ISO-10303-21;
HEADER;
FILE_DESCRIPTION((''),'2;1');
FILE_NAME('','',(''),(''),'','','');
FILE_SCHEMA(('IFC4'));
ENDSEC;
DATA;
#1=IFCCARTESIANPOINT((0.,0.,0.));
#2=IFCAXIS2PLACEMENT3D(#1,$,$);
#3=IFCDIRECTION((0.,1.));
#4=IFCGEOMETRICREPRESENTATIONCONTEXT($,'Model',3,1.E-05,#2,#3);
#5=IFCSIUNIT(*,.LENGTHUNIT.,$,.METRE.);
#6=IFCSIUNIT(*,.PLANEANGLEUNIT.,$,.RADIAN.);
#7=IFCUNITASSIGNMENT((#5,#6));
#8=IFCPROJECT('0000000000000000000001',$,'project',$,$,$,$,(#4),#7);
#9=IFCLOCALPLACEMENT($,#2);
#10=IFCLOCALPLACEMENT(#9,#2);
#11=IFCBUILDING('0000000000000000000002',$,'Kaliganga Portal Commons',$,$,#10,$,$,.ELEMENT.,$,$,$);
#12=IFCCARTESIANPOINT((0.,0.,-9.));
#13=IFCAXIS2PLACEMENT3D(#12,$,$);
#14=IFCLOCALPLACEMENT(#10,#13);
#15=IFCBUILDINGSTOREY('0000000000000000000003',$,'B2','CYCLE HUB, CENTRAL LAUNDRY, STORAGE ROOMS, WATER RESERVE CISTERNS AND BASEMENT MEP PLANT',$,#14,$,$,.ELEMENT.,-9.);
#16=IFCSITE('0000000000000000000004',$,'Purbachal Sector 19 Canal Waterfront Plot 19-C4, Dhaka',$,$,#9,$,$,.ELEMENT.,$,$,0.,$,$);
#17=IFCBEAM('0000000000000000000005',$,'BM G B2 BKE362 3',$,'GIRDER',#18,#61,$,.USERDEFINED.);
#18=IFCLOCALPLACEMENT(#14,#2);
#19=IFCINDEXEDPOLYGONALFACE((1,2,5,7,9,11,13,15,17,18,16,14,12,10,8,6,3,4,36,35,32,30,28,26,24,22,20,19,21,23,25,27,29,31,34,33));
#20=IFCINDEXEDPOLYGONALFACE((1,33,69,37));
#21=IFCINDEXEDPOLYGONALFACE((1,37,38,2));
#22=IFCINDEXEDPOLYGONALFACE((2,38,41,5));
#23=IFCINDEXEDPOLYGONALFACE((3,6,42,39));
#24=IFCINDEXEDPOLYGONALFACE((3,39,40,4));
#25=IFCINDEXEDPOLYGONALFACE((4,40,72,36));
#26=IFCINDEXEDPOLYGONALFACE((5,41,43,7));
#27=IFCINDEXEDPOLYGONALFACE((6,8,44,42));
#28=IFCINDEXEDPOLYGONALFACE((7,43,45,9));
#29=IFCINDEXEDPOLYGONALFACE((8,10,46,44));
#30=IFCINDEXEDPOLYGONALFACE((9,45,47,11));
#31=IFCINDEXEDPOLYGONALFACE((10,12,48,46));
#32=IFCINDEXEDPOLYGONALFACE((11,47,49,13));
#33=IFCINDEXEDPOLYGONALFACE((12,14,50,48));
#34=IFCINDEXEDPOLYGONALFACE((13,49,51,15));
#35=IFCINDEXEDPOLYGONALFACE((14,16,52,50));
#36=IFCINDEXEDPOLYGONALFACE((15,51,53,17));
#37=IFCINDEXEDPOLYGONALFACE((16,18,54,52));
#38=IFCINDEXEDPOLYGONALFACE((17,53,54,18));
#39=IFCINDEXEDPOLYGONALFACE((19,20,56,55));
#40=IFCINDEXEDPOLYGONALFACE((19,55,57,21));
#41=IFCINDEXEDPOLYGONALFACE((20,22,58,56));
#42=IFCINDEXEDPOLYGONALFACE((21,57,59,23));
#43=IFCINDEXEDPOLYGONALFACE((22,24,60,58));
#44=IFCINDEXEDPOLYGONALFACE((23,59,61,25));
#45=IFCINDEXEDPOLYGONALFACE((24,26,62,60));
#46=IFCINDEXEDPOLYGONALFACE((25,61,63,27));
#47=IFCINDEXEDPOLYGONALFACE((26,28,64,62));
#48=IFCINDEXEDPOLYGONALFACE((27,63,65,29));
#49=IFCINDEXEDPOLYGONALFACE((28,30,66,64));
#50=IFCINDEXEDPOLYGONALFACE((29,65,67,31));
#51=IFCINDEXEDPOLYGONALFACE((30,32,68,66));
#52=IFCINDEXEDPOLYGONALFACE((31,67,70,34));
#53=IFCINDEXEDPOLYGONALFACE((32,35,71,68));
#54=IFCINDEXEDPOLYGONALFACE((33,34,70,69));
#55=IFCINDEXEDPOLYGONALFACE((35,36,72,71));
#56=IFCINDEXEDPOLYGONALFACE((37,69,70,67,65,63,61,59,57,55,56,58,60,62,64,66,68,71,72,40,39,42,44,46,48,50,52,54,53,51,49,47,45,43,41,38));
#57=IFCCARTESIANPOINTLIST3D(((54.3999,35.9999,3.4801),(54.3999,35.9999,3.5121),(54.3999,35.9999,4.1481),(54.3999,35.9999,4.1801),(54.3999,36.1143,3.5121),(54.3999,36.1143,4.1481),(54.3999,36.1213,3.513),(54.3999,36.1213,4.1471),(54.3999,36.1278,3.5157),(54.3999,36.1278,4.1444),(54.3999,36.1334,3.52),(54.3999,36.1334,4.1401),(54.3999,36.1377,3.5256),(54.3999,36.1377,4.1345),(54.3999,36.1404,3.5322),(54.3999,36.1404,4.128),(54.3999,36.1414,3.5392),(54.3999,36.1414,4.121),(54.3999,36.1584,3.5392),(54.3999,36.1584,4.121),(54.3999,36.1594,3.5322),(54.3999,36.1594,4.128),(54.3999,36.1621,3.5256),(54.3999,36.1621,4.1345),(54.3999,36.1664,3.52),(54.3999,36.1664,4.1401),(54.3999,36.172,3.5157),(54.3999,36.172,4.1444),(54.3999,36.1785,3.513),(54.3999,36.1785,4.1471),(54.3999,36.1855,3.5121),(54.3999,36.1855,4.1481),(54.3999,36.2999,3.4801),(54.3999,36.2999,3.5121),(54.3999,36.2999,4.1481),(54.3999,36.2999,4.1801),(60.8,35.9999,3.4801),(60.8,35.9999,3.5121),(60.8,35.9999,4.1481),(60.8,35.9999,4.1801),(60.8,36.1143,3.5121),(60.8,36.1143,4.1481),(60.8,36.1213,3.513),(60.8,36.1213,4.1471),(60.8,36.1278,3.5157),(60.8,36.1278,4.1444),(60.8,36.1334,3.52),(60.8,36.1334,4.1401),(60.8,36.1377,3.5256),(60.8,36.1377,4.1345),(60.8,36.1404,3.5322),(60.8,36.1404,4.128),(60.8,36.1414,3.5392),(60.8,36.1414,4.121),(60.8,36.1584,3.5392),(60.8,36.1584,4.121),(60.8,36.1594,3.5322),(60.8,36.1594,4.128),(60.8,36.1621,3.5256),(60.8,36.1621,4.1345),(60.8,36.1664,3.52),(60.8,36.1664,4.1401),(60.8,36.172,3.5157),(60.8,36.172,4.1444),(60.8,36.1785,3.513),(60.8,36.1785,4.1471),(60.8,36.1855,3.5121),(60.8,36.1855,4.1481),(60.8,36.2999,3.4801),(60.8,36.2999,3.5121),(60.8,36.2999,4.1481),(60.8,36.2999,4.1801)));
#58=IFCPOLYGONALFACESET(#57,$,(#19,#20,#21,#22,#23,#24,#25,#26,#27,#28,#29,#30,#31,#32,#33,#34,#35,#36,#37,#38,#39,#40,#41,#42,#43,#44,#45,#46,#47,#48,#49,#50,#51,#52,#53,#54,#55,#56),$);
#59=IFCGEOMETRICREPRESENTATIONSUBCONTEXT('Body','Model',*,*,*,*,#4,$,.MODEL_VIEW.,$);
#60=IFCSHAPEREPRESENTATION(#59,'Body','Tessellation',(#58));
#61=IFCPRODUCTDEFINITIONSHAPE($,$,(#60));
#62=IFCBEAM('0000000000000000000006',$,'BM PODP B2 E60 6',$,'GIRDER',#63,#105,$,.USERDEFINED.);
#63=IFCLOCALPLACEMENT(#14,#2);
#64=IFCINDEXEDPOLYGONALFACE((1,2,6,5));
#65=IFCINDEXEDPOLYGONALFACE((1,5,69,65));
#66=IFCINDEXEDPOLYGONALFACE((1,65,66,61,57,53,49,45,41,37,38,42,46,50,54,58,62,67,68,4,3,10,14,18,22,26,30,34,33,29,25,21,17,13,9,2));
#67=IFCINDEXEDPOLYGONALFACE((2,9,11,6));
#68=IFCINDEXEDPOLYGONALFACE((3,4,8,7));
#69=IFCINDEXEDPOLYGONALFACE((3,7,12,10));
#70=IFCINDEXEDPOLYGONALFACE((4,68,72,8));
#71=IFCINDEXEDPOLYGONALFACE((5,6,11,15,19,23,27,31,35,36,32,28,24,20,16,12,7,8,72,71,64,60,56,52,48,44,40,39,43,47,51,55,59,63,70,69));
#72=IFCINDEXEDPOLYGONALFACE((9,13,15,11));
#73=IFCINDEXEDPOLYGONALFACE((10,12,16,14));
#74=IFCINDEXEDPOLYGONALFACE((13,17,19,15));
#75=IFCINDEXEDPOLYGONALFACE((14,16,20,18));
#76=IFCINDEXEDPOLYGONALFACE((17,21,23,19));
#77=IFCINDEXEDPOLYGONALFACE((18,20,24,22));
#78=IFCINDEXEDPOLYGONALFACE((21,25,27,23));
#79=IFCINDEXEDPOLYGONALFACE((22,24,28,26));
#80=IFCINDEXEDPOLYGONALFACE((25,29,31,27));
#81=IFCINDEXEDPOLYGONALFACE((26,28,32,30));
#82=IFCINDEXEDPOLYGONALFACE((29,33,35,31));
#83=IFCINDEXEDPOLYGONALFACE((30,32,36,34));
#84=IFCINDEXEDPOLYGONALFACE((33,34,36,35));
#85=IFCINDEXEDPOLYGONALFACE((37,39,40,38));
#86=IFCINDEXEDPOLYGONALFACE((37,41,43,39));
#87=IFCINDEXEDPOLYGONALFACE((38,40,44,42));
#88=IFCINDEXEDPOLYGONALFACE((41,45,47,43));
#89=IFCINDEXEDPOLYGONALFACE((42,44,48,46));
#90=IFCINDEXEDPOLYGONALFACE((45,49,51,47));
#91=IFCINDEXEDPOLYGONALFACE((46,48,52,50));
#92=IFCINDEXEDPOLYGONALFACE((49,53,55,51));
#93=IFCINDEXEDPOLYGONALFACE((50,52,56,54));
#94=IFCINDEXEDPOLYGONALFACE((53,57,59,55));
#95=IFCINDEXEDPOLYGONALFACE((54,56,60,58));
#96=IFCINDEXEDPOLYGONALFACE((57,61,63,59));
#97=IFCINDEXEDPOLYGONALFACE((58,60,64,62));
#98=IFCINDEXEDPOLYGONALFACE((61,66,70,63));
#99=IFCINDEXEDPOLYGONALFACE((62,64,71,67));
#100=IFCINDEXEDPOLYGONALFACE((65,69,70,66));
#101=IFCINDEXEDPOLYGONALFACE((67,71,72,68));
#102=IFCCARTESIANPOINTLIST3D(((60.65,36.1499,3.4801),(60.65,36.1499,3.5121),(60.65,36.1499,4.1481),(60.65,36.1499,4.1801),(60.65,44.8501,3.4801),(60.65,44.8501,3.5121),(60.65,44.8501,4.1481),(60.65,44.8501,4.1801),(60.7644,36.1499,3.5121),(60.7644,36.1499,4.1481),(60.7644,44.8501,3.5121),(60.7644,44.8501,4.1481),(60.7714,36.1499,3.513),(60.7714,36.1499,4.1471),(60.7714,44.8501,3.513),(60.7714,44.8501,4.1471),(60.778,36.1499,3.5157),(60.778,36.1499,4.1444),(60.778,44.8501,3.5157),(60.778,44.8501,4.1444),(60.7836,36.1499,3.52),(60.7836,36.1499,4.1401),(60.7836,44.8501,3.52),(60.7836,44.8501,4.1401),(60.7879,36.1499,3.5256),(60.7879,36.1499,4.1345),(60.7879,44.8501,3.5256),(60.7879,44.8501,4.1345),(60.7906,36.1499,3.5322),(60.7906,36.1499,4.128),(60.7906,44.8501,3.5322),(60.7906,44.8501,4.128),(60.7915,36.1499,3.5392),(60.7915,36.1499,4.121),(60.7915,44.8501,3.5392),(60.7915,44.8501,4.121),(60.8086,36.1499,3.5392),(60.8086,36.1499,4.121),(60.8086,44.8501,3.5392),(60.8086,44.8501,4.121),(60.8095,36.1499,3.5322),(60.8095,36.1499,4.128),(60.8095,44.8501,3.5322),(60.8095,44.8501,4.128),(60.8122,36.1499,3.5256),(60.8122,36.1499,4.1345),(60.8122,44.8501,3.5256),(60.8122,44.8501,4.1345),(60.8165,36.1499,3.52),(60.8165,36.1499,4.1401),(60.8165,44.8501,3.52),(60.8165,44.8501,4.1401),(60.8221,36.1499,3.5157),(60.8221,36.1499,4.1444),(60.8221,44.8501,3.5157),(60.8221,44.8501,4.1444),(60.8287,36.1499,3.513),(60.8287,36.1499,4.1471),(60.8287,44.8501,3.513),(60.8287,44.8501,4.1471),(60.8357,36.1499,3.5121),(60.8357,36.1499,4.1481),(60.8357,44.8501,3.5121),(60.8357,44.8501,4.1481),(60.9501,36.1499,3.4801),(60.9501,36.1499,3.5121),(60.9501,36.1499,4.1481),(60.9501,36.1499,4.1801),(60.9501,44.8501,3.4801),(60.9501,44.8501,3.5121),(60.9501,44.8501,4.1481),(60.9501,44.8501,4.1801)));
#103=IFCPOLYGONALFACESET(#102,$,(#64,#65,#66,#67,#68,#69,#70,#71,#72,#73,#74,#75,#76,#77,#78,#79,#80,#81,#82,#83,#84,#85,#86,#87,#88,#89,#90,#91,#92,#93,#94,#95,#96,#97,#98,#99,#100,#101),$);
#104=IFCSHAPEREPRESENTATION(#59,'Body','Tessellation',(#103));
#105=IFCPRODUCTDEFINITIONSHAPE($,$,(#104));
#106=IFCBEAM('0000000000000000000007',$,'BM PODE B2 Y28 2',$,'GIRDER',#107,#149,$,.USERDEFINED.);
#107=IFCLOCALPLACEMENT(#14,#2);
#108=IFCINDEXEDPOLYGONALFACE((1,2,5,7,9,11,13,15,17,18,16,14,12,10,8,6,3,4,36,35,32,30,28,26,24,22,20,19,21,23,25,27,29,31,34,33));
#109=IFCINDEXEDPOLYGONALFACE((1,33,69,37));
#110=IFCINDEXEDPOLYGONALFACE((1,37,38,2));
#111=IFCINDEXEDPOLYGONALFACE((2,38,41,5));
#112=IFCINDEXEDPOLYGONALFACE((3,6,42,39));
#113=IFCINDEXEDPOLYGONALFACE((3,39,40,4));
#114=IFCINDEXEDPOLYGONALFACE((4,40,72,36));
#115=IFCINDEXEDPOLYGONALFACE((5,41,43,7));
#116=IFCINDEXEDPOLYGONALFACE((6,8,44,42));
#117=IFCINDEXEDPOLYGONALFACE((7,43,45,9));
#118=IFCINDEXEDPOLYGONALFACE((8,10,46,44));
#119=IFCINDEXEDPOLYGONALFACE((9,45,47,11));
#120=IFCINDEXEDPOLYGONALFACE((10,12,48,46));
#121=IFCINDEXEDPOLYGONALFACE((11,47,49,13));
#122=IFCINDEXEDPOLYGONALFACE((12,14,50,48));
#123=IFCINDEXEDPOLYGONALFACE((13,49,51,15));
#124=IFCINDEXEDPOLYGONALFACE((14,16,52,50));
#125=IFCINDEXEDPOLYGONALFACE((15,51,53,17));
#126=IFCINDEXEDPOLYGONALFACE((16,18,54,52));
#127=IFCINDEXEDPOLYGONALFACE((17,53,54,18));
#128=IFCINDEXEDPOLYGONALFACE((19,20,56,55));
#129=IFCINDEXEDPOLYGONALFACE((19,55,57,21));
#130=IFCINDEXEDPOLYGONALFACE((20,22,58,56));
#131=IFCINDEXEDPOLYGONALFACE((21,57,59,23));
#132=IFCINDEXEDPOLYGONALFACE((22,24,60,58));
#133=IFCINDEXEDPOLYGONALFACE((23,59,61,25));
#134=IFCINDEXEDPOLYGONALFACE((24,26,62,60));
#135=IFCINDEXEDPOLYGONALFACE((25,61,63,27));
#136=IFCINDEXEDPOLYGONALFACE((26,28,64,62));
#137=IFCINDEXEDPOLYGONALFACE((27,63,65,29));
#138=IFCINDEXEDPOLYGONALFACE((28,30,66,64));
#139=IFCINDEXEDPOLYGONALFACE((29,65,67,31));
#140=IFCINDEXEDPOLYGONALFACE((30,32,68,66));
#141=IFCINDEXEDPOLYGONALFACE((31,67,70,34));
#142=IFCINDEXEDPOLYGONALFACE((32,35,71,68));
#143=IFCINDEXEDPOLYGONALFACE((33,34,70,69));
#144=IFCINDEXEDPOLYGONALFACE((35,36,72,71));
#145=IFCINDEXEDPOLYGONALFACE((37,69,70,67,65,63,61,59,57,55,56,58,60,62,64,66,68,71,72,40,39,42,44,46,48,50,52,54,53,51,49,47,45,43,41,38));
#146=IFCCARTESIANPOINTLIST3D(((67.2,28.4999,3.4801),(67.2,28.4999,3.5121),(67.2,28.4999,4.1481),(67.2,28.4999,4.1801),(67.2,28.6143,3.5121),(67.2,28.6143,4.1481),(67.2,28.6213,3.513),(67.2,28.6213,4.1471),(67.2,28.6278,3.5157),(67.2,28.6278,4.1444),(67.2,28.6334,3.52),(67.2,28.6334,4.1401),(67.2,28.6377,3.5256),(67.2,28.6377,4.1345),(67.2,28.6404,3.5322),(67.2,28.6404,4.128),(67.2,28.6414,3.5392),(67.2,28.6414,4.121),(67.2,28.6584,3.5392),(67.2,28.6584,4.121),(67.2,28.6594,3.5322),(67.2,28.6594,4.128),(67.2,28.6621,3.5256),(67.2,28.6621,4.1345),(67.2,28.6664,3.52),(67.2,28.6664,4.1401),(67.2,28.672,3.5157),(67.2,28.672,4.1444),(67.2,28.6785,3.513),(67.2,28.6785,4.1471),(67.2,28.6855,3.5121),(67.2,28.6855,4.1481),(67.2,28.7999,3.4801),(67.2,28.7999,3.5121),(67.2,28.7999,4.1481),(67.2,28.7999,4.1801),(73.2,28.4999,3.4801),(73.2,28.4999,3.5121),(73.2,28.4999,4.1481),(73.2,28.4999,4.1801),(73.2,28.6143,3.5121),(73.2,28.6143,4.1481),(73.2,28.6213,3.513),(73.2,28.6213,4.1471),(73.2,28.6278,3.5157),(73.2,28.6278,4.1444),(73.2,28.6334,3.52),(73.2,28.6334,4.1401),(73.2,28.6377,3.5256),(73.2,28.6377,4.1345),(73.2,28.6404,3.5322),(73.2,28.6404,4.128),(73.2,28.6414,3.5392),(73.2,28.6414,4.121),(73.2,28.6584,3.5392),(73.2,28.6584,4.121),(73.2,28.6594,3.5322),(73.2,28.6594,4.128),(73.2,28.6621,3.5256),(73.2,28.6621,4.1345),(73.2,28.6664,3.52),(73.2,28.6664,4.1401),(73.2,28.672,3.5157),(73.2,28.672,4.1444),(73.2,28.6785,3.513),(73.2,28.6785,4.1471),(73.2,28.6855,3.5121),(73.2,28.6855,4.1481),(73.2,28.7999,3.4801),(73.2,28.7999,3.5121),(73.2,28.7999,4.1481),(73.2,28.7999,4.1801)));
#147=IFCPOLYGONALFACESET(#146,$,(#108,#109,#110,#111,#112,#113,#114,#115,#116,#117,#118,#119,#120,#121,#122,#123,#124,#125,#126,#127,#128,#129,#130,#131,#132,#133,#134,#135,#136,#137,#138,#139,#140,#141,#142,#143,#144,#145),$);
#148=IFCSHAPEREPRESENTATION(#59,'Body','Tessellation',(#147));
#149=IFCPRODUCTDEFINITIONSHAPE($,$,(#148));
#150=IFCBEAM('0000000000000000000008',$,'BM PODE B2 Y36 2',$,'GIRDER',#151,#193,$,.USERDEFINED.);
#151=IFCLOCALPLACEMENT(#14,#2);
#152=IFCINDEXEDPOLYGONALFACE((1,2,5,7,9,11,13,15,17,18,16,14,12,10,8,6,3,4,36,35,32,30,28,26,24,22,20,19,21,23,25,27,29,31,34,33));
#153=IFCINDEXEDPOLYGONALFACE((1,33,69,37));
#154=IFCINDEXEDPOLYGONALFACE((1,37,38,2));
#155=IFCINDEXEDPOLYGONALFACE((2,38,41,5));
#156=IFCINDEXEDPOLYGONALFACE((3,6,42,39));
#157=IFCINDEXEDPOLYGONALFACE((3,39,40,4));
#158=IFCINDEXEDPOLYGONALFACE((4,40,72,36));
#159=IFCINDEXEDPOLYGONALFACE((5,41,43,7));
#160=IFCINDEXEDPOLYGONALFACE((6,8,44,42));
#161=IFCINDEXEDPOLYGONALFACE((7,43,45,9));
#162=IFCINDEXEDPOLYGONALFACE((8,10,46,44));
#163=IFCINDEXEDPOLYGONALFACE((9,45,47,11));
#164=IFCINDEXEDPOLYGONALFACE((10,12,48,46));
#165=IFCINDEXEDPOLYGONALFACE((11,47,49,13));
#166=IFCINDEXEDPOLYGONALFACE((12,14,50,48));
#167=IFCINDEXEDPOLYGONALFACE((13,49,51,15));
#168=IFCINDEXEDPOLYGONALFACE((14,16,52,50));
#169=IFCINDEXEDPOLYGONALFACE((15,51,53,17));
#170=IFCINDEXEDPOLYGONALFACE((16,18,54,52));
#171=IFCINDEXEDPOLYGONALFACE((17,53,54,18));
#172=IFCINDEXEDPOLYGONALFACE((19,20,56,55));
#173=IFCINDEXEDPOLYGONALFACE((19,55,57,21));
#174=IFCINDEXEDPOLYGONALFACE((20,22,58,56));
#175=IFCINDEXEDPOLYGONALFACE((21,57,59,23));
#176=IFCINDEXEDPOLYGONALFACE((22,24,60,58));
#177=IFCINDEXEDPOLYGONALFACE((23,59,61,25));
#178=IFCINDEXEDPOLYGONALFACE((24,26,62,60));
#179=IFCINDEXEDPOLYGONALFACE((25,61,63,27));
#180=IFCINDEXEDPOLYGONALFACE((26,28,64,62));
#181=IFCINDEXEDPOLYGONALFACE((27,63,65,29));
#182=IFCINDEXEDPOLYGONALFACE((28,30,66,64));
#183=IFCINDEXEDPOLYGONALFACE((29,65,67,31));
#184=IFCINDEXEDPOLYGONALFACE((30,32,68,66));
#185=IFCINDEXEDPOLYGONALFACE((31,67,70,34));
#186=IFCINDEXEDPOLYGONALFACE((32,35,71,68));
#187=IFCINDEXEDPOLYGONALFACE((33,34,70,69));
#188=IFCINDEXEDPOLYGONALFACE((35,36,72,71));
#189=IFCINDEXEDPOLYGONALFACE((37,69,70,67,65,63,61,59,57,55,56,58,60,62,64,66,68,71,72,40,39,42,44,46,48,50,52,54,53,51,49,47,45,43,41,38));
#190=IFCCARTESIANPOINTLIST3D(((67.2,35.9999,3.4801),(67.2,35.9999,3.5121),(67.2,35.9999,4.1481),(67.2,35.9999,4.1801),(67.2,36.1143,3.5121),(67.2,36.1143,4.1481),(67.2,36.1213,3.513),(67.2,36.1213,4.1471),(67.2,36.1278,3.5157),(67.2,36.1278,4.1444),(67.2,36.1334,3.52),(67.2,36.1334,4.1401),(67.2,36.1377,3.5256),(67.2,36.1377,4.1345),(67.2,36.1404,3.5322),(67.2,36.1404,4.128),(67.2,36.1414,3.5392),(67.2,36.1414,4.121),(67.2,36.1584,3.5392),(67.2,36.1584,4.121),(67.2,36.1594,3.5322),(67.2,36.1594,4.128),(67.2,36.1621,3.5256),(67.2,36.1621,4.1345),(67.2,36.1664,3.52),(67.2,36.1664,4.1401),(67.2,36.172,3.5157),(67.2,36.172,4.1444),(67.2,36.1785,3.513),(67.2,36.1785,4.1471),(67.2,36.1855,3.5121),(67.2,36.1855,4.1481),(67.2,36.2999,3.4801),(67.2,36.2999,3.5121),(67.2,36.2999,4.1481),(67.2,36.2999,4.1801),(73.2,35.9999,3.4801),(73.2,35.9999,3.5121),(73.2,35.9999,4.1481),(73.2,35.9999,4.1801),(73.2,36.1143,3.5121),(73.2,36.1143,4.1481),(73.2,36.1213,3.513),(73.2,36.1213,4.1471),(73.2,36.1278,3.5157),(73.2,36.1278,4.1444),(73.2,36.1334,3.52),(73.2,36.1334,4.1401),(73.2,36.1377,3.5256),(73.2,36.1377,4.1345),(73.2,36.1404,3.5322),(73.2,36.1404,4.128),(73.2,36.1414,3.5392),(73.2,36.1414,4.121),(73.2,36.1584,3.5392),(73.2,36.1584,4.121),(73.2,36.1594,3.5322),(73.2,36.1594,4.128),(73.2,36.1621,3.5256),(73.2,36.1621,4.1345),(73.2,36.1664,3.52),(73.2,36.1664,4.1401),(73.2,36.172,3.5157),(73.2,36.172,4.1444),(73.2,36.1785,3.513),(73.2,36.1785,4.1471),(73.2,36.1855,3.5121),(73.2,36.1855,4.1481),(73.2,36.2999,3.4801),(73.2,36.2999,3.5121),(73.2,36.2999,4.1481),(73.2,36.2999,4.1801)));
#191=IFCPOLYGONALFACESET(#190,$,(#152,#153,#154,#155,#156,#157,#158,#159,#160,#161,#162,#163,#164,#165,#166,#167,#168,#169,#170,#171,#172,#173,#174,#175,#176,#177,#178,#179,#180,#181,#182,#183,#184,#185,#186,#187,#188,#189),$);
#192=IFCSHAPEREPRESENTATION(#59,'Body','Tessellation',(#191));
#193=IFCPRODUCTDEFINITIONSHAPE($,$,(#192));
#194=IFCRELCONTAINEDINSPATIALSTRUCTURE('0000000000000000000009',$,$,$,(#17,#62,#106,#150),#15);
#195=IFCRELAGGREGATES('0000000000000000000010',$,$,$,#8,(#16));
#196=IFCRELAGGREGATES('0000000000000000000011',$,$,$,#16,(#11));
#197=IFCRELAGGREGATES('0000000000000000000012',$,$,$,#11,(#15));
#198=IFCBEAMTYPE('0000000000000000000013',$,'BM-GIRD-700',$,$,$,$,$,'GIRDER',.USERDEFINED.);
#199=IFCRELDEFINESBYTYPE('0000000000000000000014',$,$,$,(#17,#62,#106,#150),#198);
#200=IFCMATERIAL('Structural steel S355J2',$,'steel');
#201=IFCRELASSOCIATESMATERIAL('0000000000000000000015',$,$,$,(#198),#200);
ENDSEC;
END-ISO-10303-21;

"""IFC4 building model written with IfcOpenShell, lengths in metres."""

from ifc_helpers import new_model, si_unit, direction, frame, origin, origin_2d, place, context, subcontext, project, spatial, i_section, extrude, source, transform, mapped, material, material_profile, profile_set, type_object, element, save


model = new_model("IFC4")

# Units and contexts
model_context = context("Model", 3, precision=1e-05, world=origin(), true_north=direction((0.0, 1.0)))
body_context = subcontext(model_context, "Body", "Model", "MODEL_VIEW")
ifc_project = project(units=[si_unit("LENGTHUNIT", "METRE"), si_unit("PLANEANGLEUNIT", "RADIAN")], contexts=[model_context])

# Site, building, storey
site_placement = place(None, origin())
site = spatial("IfcSite", under=ifc_project, at=site_placement, Name="Purbachal Sector 19 Canal Waterfront Plot 19-C4, Dhaka", CompositionType="ELEMENT", RefElevation=0.0)
building_placement = place(site_placement, origin())
building = spatial("IfcBuilding", under=site, at=building_placement, Name="Kaliganga Portal Commons", CompositionType="ELEMENT")
storey_placement = place(building_placement, frame((0.0, 0.0, -9.0)))
storey = spatial("IfcBuildingStorey", under=building, at=storey_placement, Name="B2", Description="CYCLE HUB, CENTRAL LAUNDRY, STORAGE ROOMS, WATER RESERVE CISTERNS AND BASEMENT MEP PLANT", CompositionType="ELEMENT", Elevation=-9.0)

# Beams
ifc_material_1 = material(Name="Structural steel S355J2", Category="steel")
ifc_material_profile_1 = material_profile(ifc_material_1, i_section(OverallWidth=0.3, OverallDepth=0.7, WebThickness=0.0171, FlangeThickness=0.032, FilletRadius=0.0271, at=origin_2d()), Name="HE 700 B")
ifc_profile_set_1 = profile_set([ifc_material_profile_1], Name="Structural steel S355J2 wide-flange")
beam_type_1 = type_object("IfcBeamType", Name="BM-GIRD-700", ElementType="GIRDER", PredefinedType="USERDEFINED", material=ifc_profile_set_1)
shared_shape_1 = source(origin(), body_context, "Body", "SweptSolid", [
    extrude(i_section(OverallWidth=0.3, OverallDepth=0.7, WebThickness=0.0171, FlangeThickness=0.032, FilletRadius=0.0271, at=origin_2d()), origin(), (0.0, 0.0, 1.0), 6.4001),
])
beam_1_placement = place(storey_placement, frame((54.3999, 36.1499, 3.8301), z_axis=(1.0, 0.0, 0.0), x_axis=(0.0, 1.0, 0.0)))
element("IfcBeam", 1, at=beam_1_placement, inside=storey, type_object=beam_type_1, Name="BM G B2 BKE362 3", ObjectType="GIRDER", PredefinedType="USERDEFINED", context=body_context, shape_type="MappedRepresentation", body=[
    mapped(shared_shape_1, transform((0.0, 0.0, 0.0), x_axis=(1.0, 0.0, 0.0), y_axis=(0.0, 1.0, 0.0), z_axis=(0.0, 0.0, 1.0), scale=1.0)),
])
shared_shape_2 = source(origin(), body_context, "Body", "SweptSolid", [
    extrude(i_section(OverallWidth=0.3, OverallDepth=0.7, WebThickness=0.0171, FlangeThickness=0.032, FilletRadius=0.0271, at=origin_2d()), origin(), (0.0, 0.0, 1.0), 8.7002),
])
beam_2_placement = place(storey_placement, frame((60.8, 36.1499, 3.8301), z_axis=(0.0, 1.0, 0.0), x_axis=(-1.0, 0.0, 0.0)))
element("IfcBeam", 2, at=beam_2_placement, inside=storey, type_object=beam_type_1, Name="BM PODP B2 E60 6", ObjectType="GIRDER", PredefinedType="USERDEFINED", context=body_context, shape_type="MappedRepresentation", body=[
    mapped(shared_shape_2, transform((0.0, 0.0, 0.0), x_axis=(1.0, 0.0, 0.0), y_axis=(0.0, 1.0, 0.0), z_axis=(0.0, 0.0, 1.0), scale=1.0)),
])
shared_shape_3 = source(origin(), body_context, "Body", "SweptSolid", [
    extrude(i_section(OverallWidth=0.3, OverallDepth=0.7, WebThickness=0.0171, FlangeThickness=0.032, FilletRadius=0.0271, at=origin_2d()), origin(), (0.0, 0.0, 1.0), 6.0),
])
for number, where, z_axis, x_axis, name in (
    (3, (67.2, 28.6499, 3.8301), (1.0, 0.0, 0.0), (0.0, 1.0, 0.0), "BM PODE B2 Y28 2"),
    (4, (67.2, 36.1499, 3.8301), (1.0, 0.0, 0.0), (0.0, 1.0, 0.0), "BM PODE B2 Y36 2"),
):
    element("IfcBeam", number, at=place(storey_placement, frame(where, z_axis=z_axis, x_axis=x_axis)), inside=storey, type_object=beam_type_1, Name=name, ObjectType="GIRDER", PredefinedType="USERDEFINED", context=body_context, shape_type="MappedRepresentation", body=[
        mapped(shared_shape_3, transform((0.0, 0.0, 0.0), x_axis=(1.0, 0.0, 0.0), y_axis=(0.0, 1.0, 0.0), z_axis=(0.0, 0.0, 1.0), scale=1.0)),
    ])

save(model, "model.ifc")
